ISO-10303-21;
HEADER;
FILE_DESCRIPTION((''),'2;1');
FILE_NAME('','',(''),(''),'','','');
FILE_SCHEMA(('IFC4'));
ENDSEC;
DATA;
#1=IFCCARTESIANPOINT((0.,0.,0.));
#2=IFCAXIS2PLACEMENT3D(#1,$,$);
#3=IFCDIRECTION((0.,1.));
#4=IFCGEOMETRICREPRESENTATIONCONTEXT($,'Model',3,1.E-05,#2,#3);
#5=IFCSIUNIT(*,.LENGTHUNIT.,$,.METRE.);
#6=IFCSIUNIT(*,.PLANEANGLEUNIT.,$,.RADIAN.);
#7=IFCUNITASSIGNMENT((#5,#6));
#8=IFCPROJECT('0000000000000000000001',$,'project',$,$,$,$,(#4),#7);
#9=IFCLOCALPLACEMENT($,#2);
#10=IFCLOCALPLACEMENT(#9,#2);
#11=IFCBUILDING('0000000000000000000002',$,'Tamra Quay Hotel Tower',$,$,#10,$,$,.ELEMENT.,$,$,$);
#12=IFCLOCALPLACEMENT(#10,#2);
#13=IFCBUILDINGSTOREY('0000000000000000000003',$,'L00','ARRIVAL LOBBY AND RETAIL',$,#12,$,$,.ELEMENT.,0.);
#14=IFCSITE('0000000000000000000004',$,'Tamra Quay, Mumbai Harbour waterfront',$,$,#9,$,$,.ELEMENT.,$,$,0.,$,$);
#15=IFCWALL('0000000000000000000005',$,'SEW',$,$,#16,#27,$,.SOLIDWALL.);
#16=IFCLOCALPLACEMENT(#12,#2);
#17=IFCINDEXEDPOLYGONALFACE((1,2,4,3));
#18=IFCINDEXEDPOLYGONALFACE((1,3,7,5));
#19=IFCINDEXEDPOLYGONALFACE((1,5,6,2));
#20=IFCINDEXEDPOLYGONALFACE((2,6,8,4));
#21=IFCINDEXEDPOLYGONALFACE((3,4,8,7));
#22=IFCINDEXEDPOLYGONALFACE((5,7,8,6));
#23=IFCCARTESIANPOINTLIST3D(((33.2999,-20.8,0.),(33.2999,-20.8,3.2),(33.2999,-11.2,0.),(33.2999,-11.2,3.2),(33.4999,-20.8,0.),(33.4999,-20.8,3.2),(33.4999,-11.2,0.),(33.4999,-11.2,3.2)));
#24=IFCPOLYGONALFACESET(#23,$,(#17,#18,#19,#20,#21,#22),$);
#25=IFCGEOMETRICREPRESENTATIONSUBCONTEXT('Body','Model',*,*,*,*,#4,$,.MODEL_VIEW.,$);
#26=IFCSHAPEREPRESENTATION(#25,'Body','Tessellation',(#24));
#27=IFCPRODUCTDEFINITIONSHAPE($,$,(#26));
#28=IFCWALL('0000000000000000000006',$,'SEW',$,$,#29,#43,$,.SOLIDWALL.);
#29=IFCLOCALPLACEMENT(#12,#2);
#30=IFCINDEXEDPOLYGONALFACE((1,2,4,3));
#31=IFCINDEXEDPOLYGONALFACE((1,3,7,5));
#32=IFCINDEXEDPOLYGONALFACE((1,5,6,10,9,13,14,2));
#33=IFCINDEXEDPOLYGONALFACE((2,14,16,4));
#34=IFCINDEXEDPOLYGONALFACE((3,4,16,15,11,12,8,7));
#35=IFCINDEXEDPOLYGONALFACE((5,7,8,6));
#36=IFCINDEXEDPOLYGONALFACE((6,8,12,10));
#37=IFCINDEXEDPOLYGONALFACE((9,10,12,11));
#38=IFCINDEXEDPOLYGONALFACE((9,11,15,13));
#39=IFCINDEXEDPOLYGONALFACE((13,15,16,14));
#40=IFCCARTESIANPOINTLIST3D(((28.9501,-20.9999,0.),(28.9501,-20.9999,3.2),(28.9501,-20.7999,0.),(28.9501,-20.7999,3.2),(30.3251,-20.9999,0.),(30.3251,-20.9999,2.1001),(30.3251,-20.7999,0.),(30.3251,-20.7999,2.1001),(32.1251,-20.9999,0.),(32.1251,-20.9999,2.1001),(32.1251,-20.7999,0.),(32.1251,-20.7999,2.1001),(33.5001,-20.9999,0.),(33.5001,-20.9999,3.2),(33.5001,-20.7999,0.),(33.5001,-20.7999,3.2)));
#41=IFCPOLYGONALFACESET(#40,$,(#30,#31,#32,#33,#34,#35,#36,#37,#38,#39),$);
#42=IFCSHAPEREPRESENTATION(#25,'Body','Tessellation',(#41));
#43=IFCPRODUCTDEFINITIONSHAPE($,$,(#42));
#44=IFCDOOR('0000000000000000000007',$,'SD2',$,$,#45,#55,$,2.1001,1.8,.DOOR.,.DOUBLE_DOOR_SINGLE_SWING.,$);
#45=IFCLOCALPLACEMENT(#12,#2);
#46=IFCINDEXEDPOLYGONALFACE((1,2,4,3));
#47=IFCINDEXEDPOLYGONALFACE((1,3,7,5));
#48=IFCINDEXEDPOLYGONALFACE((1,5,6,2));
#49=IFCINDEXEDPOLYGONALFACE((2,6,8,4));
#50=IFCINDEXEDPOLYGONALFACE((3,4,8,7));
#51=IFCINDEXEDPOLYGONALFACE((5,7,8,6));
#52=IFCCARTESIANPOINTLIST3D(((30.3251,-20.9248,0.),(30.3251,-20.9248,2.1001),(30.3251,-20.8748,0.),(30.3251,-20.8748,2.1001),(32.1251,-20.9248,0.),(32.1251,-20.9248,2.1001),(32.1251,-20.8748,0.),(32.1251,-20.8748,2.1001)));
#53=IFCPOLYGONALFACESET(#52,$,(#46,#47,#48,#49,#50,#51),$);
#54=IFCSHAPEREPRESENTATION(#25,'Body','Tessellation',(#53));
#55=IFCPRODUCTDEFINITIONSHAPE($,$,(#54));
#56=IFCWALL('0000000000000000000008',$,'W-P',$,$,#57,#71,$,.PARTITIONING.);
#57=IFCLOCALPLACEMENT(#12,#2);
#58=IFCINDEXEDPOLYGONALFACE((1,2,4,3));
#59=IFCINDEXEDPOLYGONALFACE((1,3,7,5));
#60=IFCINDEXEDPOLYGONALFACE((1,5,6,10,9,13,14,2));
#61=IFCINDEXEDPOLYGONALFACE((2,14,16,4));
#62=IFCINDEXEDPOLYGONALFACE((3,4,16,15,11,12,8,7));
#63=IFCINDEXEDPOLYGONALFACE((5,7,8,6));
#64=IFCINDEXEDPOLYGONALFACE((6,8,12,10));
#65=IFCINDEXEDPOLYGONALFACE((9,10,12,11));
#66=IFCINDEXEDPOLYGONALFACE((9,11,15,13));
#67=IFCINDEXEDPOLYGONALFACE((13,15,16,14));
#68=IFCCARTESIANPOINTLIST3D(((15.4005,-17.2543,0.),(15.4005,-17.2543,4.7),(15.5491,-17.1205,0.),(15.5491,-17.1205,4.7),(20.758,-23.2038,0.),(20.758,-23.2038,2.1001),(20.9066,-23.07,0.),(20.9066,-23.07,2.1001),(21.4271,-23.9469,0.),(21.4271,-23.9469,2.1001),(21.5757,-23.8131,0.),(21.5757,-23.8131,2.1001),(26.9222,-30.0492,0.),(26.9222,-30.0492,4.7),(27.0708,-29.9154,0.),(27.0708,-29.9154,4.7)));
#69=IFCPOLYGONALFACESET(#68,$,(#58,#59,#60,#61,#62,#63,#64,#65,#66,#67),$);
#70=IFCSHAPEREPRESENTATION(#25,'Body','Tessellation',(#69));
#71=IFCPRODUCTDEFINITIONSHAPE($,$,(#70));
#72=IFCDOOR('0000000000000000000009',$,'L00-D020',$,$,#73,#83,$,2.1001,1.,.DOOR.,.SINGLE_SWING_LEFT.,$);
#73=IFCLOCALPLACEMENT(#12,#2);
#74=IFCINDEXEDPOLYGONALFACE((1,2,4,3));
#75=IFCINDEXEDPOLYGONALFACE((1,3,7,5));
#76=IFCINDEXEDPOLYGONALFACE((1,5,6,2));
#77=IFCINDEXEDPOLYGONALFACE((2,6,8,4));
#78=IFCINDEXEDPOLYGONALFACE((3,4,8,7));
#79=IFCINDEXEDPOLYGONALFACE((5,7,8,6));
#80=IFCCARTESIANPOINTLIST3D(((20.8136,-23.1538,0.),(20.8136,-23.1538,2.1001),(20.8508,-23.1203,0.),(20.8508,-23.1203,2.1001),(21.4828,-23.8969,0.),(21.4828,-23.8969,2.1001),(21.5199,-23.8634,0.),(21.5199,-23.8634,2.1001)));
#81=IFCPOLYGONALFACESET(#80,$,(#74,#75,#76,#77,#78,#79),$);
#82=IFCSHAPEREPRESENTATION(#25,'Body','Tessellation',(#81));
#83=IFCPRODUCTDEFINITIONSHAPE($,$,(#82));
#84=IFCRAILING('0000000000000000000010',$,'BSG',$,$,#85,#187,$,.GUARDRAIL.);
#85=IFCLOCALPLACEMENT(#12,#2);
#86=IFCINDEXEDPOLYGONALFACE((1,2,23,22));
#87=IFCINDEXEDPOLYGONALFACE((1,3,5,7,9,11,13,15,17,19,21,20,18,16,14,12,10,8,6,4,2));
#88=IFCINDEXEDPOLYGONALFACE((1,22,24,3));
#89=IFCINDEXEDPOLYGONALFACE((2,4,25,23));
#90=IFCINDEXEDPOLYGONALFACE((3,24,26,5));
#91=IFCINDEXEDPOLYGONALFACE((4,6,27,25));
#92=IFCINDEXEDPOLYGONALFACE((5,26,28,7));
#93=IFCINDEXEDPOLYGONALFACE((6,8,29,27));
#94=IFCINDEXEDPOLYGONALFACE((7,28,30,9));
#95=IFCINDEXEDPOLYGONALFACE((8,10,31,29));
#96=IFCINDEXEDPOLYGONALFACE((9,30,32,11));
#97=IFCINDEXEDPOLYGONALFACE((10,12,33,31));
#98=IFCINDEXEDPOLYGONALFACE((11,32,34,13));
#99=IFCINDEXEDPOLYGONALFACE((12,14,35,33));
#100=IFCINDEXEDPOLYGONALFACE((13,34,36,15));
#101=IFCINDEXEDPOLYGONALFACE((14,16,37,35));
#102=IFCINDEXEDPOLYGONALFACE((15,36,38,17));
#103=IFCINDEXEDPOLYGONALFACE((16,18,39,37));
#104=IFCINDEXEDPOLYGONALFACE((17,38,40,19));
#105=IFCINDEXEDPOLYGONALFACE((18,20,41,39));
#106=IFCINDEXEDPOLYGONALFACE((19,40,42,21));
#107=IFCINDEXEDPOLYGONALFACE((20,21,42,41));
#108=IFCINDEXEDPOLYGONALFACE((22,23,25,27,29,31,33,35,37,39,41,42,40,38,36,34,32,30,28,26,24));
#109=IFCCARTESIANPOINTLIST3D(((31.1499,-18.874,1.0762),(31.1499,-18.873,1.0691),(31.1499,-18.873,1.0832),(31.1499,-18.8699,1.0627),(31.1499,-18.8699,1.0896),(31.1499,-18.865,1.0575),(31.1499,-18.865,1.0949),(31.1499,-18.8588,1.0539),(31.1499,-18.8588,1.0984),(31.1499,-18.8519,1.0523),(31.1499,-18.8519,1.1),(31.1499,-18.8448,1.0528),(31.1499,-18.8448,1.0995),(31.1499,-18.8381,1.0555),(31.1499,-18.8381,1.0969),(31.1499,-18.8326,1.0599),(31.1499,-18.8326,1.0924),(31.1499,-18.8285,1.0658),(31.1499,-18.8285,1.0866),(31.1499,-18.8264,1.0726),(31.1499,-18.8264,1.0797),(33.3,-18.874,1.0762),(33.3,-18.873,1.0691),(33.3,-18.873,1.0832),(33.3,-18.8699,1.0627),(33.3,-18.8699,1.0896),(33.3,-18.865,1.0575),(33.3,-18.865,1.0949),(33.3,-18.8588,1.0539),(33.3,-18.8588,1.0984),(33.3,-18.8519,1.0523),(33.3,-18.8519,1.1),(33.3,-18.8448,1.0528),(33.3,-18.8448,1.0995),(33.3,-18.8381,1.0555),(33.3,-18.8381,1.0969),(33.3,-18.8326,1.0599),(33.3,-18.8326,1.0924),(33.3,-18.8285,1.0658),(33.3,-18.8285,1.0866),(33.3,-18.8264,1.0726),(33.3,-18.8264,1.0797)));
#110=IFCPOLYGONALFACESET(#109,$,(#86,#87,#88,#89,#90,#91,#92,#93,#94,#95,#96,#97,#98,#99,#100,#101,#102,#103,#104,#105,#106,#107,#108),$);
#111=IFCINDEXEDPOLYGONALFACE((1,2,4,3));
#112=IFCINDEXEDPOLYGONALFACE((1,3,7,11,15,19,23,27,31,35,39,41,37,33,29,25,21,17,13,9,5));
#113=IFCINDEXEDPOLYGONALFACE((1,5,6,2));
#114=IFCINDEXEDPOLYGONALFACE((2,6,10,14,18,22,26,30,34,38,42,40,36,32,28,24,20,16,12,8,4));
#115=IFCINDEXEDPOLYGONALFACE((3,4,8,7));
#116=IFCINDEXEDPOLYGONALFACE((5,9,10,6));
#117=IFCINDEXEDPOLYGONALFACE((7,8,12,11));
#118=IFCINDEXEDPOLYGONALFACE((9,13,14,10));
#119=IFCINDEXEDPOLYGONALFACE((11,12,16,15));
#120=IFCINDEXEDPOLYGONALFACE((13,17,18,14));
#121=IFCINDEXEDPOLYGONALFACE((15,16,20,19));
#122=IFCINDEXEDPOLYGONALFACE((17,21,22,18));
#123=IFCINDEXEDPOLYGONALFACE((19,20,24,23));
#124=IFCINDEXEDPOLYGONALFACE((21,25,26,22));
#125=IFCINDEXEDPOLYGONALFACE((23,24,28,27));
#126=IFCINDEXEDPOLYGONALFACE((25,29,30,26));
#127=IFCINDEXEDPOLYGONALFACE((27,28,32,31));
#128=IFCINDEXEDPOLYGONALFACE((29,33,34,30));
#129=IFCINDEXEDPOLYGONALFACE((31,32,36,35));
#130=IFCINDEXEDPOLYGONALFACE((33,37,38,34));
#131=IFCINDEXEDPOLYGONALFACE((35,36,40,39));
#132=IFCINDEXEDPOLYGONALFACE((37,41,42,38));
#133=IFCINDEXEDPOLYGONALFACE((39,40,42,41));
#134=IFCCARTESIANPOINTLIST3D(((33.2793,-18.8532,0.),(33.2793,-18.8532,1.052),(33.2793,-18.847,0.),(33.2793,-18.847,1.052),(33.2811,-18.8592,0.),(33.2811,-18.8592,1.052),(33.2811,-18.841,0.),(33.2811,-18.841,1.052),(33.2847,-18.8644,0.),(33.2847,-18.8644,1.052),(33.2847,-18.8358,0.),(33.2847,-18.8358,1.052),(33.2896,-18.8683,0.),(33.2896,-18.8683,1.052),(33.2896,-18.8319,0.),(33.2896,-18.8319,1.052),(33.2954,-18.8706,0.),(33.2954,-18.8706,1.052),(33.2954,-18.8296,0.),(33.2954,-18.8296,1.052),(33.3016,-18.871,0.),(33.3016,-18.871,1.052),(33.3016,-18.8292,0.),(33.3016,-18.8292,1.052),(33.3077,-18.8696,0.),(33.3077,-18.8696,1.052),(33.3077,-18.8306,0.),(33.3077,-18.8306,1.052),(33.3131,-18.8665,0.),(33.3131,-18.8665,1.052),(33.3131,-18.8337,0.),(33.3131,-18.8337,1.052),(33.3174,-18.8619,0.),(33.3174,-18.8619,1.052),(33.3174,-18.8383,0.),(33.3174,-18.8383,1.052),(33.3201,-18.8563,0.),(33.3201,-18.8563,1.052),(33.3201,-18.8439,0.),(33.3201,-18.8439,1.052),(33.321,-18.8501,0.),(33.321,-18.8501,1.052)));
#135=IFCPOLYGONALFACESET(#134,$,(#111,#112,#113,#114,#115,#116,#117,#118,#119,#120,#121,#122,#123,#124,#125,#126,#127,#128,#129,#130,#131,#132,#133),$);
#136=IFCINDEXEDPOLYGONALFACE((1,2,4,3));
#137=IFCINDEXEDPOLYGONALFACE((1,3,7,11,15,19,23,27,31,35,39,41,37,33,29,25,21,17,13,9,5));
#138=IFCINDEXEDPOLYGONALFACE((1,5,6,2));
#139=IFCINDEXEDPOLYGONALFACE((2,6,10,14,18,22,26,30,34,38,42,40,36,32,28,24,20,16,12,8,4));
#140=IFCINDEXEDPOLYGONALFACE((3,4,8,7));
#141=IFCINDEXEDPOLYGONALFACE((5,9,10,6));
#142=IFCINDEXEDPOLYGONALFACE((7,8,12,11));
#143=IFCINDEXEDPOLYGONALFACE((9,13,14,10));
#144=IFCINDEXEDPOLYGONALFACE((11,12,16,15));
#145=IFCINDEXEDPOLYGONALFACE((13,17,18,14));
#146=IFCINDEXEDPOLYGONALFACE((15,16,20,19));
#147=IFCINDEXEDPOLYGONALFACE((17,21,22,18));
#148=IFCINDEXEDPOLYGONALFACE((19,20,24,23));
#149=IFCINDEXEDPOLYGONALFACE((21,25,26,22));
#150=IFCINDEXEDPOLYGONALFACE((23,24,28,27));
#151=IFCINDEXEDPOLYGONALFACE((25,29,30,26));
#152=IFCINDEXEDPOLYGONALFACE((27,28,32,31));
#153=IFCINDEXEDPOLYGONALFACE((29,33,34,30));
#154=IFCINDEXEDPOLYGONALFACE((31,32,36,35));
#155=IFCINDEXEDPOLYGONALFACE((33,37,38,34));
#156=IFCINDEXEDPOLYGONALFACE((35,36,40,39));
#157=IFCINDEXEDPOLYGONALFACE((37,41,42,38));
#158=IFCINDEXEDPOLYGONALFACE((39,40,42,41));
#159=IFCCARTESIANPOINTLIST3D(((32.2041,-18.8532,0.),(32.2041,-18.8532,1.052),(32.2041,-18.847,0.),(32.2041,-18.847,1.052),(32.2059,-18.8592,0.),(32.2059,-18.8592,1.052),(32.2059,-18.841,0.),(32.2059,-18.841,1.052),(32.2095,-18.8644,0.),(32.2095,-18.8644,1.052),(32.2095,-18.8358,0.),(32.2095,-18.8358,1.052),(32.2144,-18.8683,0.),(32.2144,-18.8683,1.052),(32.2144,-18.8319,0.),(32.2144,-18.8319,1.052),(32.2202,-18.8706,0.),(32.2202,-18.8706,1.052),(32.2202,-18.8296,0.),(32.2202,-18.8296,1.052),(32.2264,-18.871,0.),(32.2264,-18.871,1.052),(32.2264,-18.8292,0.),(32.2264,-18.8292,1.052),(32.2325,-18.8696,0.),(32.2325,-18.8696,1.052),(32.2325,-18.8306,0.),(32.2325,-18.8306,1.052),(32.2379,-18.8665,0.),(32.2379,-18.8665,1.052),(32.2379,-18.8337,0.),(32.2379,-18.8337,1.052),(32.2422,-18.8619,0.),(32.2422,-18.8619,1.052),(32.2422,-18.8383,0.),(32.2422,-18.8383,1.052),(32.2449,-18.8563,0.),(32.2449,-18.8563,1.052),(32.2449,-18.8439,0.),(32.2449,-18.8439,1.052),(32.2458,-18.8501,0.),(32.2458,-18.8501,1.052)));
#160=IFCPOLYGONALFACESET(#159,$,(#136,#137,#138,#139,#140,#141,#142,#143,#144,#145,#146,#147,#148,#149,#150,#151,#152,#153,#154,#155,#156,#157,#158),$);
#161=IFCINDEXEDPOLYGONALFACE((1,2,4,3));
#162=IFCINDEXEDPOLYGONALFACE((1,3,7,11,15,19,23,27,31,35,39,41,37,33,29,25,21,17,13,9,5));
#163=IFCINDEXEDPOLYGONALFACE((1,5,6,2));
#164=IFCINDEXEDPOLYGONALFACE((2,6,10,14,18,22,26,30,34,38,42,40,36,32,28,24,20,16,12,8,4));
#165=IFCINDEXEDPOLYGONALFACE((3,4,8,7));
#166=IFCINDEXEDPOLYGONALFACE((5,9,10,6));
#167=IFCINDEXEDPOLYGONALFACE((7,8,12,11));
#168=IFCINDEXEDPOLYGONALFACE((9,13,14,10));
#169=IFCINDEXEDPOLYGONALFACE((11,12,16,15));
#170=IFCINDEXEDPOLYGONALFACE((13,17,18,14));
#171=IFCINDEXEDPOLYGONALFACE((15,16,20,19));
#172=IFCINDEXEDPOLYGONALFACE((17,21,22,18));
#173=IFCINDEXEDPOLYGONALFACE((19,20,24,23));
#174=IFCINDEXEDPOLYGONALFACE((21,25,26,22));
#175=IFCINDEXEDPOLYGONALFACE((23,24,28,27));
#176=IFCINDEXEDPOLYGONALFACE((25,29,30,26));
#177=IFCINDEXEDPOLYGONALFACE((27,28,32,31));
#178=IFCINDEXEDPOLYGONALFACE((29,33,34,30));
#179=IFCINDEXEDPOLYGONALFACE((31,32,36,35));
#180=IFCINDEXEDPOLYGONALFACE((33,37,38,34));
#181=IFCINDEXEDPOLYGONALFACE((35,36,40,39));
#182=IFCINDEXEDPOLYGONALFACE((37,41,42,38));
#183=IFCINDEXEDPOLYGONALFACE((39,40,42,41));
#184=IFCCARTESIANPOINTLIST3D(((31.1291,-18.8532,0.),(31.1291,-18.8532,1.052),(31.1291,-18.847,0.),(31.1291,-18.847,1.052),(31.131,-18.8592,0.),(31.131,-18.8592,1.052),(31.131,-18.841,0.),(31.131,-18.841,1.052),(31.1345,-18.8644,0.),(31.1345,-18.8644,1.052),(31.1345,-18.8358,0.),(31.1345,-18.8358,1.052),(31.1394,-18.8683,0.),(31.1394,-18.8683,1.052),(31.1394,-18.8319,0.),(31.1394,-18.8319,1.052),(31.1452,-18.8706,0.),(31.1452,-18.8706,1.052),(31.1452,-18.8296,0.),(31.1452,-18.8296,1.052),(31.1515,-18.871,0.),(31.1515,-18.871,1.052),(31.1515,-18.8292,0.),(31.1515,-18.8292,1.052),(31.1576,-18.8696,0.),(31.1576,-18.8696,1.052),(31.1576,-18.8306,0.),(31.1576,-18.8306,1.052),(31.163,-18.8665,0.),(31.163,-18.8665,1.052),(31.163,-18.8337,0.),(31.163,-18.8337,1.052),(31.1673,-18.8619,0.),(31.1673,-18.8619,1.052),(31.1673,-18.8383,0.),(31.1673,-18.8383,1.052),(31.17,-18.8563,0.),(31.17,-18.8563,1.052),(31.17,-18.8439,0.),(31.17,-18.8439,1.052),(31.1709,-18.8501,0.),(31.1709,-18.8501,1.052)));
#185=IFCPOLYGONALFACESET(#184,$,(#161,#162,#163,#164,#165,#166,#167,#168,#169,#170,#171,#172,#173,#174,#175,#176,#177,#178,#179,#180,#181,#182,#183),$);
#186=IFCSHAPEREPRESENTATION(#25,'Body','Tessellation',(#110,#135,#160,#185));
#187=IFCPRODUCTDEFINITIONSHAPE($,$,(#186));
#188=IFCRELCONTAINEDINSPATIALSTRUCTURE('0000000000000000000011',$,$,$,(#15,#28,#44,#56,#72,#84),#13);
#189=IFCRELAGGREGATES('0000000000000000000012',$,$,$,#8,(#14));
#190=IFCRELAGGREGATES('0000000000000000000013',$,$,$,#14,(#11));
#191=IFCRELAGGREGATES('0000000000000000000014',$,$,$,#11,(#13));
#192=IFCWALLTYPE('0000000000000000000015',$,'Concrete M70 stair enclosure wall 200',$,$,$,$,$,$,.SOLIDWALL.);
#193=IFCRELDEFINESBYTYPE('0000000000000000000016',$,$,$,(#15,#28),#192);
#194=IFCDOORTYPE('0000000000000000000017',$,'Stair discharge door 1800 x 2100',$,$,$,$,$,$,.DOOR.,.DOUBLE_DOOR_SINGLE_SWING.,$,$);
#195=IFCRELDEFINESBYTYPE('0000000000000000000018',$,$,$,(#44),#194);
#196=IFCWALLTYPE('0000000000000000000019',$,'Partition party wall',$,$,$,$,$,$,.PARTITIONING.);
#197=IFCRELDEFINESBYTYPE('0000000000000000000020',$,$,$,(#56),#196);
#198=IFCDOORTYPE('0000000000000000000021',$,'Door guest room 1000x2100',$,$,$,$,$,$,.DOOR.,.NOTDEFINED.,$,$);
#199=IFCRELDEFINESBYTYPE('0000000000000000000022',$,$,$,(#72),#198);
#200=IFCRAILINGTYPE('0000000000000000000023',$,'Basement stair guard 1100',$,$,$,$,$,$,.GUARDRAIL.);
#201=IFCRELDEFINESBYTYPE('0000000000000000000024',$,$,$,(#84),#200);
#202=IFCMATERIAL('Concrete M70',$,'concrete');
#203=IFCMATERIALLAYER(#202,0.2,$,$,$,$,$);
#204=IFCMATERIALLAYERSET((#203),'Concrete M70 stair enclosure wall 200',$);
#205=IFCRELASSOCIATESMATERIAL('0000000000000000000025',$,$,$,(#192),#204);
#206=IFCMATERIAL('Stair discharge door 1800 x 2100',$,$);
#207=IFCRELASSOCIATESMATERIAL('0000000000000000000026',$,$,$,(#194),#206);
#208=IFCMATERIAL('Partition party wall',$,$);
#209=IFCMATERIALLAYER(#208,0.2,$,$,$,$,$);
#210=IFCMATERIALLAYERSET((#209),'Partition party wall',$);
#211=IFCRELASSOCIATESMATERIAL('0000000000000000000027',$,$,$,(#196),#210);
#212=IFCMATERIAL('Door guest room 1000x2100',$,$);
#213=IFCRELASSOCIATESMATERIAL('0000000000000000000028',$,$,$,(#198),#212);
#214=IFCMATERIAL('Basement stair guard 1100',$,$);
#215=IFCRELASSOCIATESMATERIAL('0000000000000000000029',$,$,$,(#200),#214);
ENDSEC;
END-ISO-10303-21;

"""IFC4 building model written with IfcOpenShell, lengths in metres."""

from ifc_helpers import new_model, si_unit, direction, frame, frame_2d, origin, origin_2d, place, context, subcontext, project, spatial, rectangle, circle, extrude, material, layer, layer_set, type_object, element, fill, save


model = new_model("IFC4")

# Units and contexts
model_context = context("Model", 3, precision=1e-05, world=origin(), true_north=direction((0.0, 1.0)))
body_context = subcontext(model_context, "Body", "Model", "MODEL_VIEW")
ifc_project = project(units=[si_unit("LENGTHUNIT", "METRE"), si_unit("PLANEANGLEUNIT", "RADIAN")], contexts=[model_context])

# Site, building, storey
site_placement = place(None, origin())
site = spatial("IfcSite", under=ifc_project, at=site_placement, Name="Tamra Quay, Mumbai Harbour waterfront", CompositionType="ELEMENT", RefElevation=0.0)
building_placement = place(site_placement, origin())
building = spatial("IfcBuilding", under=site, at=building_placement, Name="Tamra Quay Hotel Tower", CompositionType="ELEMENT")
storey_placement = place(building_placement, origin())
storey = spatial("IfcBuildingStorey", under=building, at=storey_placement, Name="L00", Description="ARRIVAL LOBBY AND RETAIL", CompositionType="ELEMENT", Elevation=0.0)

# Shared definitions
ifc_material_1 = material(Name="Concrete M70", Category="concrete")

# Wall
ifc_layer_1 = layer(ifc_material_1, 0.2)
ifc_layer_set_1 = layer_set([ifc_layer_1], Name="Concrete M70 stair enclosure wall 200")
wall_type_1 = type_object("IfcWallType", Name="Concrete M70 stair enclosure wall 200", PredefinedType="SOLIDWALL", material=ifc_layer_set_1)
for number, where, z_axis, x_axis, name in (
    (1, (33.3999, -20.8, 0.0), (0.0, 0.0, 1.0), (0.0, 1.0, 0.0), "SEW"),
):
    element("IfcWall", number, at=place(storey_placement, frame(where, z_axis=z_axis, x_axis=x_axis)), inside=storey, type_object=wall_type_1, Name=name, PredefinedType="SOLIDWALL", context=body_context, shape_type="SweptSolid", body=[
        extrude(rectangle(XDim=9.6001, YDim=0.2, at=frame_2d((4.8, 0.0))), origin(), (0.0, 0.0, 1.0), 3.2),
    ])

# Walls, openings, doors
wall_1_placement = place(storey_placement, frame((33.5, -20.8999, 0.0), z_axis=(0.0, 0.0, 1.0), x_axis=(-1.0, 0.0, 0.0)))
wall_1 = element("IfcWall", 2, at=wall_1_placement, inside=storey, type_object=wall_type_1, Name="SEW", PredefinedType="SOLIDWALL", context=body_context, shape_type="SweptSolid", body=[
    extrude(rectangle(XDim=4.55, YDim=0.2, at=frame_2d((2.2749, 0.0))), origin(), (0.0, 0.0, 1.0), 3.2),
])
opening_1_placement = place(wall_1_placement, frame((1.375, 0.0, 0.0)))
opening_1 = element("IfcOpeningElement", 3, at=opening_1_placement, cuts=wall_1, PredefinedType="OPENING", context=body_context, shape_type="SweptSolid", body=[
    extrude(rectangle(XDim=1.8, YDim=2.1001, at=frame_2d((0.8999, 1.05))), frame((0.0, 0.1099, 0.0), z_axis=(0.0, -1.0, 0.0), x_axis=(1.0, 0.0, 0.0)), (0.0, 0.0, 1.0), 0.22),
])
ifc_material_2 = material(Name="Stair discharge door 1800 x 2100")
door_type_1 = type_object("IfcDoorType", Name="Stair discharge door 1800 x 2100", OperationType="DOUBLE_DOOR_SINGLE_SWING", PredefinedType="DOOR", material=ifc_material_2)
door_1_placement = place(opening_1_placement, origin())
door_1 = element("IfcDoor", 4, at=door_1_placement, inside=storey, type_object=door_type_1, Name="SD2", OperationType="DOUBLE_DOOR_SINGLE_SWING", OverallHeight=2.1001, OverallWidth=1.8, PredefinedType="DOOR", context=body_context, shape_type="SweptSolid", body=[
    extrude(rectangle(XDim=1.8, YDim=2.1001, at=frame_2d((0.8999, 1.05))), frame((0.0, 0.0249, 0.0), z_axis=(0.0, -1.0, 0.0), x_axis=(1.0, 0.0, 0.0)), (0.0, 0.0, 1.0), 0.05),
])
fill(opening_1, door_1)
ifc_material_3 = material(Name="Partition party wall")
ifc_layer_2 = layer(ifc_material_3, 0.2)
ifc_layer_set_2 = layer_set([ifc_layer_2], Name="Partition party wall")
wall_type_2 = type_object("IfcWallType", Name="Partition party wall", PredefinedType="PARTITIONING", material=ifc_layer_set_2)
wall_2_placement = place(storey_placement, frame((15.4749, -17.1875, 0.0), z_axis=(0.0, 0.0, 1.0), x_axis=(0.669167, -0.743112, 0.0)))
wall_2 = element("IfcWall", 5, at=wall_2_placement, inside=storey, type_object=wall_type_2, Name="W-P", PredefinedType="PARTITIONING", context=body_context, shape_type="SweptSolid", body=[
    extrude(rectangle(XDim=17.218, YDim=0.2, at=frame_2d((8.6089, 0.0))), origin(), (0.0, 0.0, 1.0), 4.7),
])
opening_2_placement = place(wall_2_placement, frame((8.0061, 0.0, 0.0)))
opening_2 = element("IfcOpeningElement", 6, at=opening_2_placement, cuts=wall_2, PredefinedType="OPENING", context=body_context, shape_type="SweptSolid", body=[
    extrude(rectangle(XDim=1.0, YDim=2.1001, at=frame_2d((0.5, 1.05))), frame((0.0, 0.1099, 0.0), z_axis=(0.0, -1.0, 0.0), x_axis=(1.0, 0.0, 0.0)), (0.0, 0.0, 1.0), 0.22),
])
ifc_material_4 = material(Name="Door guest room 1000x2100")
door_type_2 = type_object("IfcDoorType", Name="Door guest room 1000x2100", OperationType="NOTDEFINED", PredefinedType="DOOR", material=ifc_material_4)
door_2_placement = place(opening_2_placement, origin())
door_2 = element("IfcDoor", 7, at=door_2_placement, inside=storey, type_object=door_type_2, Name="L00-D020", OperationType="SINGLE_SWING_LEFT", OverallHeight=2.1001, OverallWidth=1.0, PredefinedType="DOOR", context=body_context, shape_type="SweptSolid", body=[
    extrude(rectangle(XDim=1.0, YDim=2.1001, at=frame_2d((0.5, 1.05))), frame((0.0, 0.0249, 0.0), z_axis=(0.0, -1.0, 0.0), x_axis=(1.0, 0.0, 0.0)), (0.0, 0.0, 1.0), 0.05),
])
fill(opening_2, door_2)

# Railing
ifc_material_5 = material(Name="Basement stair guard 1100")
railing_type = type_object("IfcRailingType", Name="Basement stair guard 1100", PredefinedType="GUARDRAIL", material=ifc_material_5)
railing_placement = place(storey_placement, frame((33.3, -18.8501, 0.0)))
element("IfcRailing", 8, at=railing_placement, inside=storey, type_object=railing_type, Name="BSG", PredefinedType="GUARDRAIL", context=body_context, shape_type="SweptSolid", body=[
    extrude(circle(Radius=0.0239, at=origin_2d()), frame((0.0, 0.0, 1.0762), z_axis=(-1.0, 0.0, 0.0), x_axis=(0.0, -1.0, 0.0)), (0.0, 0.0, 1.0), 2.1501),
    extrude(circle(Radius=0.021, at=origin_2d()), origin(), (0.0, 0.0, 1.0), 1.052),
    extrude(circle(Radius=0.021, at=origin_2d()), frame((-1.0752, 0.0, 0.0)), (0.0, 0.0, 1.0), 1.052),
    extrude(circle(Radius=0.021, at=origin_2d()), frame((-2.1501, 0.0, 0.0)), (0.0, 0.0, 1.0), 1.052),
])

save(model, "model.ifc")
